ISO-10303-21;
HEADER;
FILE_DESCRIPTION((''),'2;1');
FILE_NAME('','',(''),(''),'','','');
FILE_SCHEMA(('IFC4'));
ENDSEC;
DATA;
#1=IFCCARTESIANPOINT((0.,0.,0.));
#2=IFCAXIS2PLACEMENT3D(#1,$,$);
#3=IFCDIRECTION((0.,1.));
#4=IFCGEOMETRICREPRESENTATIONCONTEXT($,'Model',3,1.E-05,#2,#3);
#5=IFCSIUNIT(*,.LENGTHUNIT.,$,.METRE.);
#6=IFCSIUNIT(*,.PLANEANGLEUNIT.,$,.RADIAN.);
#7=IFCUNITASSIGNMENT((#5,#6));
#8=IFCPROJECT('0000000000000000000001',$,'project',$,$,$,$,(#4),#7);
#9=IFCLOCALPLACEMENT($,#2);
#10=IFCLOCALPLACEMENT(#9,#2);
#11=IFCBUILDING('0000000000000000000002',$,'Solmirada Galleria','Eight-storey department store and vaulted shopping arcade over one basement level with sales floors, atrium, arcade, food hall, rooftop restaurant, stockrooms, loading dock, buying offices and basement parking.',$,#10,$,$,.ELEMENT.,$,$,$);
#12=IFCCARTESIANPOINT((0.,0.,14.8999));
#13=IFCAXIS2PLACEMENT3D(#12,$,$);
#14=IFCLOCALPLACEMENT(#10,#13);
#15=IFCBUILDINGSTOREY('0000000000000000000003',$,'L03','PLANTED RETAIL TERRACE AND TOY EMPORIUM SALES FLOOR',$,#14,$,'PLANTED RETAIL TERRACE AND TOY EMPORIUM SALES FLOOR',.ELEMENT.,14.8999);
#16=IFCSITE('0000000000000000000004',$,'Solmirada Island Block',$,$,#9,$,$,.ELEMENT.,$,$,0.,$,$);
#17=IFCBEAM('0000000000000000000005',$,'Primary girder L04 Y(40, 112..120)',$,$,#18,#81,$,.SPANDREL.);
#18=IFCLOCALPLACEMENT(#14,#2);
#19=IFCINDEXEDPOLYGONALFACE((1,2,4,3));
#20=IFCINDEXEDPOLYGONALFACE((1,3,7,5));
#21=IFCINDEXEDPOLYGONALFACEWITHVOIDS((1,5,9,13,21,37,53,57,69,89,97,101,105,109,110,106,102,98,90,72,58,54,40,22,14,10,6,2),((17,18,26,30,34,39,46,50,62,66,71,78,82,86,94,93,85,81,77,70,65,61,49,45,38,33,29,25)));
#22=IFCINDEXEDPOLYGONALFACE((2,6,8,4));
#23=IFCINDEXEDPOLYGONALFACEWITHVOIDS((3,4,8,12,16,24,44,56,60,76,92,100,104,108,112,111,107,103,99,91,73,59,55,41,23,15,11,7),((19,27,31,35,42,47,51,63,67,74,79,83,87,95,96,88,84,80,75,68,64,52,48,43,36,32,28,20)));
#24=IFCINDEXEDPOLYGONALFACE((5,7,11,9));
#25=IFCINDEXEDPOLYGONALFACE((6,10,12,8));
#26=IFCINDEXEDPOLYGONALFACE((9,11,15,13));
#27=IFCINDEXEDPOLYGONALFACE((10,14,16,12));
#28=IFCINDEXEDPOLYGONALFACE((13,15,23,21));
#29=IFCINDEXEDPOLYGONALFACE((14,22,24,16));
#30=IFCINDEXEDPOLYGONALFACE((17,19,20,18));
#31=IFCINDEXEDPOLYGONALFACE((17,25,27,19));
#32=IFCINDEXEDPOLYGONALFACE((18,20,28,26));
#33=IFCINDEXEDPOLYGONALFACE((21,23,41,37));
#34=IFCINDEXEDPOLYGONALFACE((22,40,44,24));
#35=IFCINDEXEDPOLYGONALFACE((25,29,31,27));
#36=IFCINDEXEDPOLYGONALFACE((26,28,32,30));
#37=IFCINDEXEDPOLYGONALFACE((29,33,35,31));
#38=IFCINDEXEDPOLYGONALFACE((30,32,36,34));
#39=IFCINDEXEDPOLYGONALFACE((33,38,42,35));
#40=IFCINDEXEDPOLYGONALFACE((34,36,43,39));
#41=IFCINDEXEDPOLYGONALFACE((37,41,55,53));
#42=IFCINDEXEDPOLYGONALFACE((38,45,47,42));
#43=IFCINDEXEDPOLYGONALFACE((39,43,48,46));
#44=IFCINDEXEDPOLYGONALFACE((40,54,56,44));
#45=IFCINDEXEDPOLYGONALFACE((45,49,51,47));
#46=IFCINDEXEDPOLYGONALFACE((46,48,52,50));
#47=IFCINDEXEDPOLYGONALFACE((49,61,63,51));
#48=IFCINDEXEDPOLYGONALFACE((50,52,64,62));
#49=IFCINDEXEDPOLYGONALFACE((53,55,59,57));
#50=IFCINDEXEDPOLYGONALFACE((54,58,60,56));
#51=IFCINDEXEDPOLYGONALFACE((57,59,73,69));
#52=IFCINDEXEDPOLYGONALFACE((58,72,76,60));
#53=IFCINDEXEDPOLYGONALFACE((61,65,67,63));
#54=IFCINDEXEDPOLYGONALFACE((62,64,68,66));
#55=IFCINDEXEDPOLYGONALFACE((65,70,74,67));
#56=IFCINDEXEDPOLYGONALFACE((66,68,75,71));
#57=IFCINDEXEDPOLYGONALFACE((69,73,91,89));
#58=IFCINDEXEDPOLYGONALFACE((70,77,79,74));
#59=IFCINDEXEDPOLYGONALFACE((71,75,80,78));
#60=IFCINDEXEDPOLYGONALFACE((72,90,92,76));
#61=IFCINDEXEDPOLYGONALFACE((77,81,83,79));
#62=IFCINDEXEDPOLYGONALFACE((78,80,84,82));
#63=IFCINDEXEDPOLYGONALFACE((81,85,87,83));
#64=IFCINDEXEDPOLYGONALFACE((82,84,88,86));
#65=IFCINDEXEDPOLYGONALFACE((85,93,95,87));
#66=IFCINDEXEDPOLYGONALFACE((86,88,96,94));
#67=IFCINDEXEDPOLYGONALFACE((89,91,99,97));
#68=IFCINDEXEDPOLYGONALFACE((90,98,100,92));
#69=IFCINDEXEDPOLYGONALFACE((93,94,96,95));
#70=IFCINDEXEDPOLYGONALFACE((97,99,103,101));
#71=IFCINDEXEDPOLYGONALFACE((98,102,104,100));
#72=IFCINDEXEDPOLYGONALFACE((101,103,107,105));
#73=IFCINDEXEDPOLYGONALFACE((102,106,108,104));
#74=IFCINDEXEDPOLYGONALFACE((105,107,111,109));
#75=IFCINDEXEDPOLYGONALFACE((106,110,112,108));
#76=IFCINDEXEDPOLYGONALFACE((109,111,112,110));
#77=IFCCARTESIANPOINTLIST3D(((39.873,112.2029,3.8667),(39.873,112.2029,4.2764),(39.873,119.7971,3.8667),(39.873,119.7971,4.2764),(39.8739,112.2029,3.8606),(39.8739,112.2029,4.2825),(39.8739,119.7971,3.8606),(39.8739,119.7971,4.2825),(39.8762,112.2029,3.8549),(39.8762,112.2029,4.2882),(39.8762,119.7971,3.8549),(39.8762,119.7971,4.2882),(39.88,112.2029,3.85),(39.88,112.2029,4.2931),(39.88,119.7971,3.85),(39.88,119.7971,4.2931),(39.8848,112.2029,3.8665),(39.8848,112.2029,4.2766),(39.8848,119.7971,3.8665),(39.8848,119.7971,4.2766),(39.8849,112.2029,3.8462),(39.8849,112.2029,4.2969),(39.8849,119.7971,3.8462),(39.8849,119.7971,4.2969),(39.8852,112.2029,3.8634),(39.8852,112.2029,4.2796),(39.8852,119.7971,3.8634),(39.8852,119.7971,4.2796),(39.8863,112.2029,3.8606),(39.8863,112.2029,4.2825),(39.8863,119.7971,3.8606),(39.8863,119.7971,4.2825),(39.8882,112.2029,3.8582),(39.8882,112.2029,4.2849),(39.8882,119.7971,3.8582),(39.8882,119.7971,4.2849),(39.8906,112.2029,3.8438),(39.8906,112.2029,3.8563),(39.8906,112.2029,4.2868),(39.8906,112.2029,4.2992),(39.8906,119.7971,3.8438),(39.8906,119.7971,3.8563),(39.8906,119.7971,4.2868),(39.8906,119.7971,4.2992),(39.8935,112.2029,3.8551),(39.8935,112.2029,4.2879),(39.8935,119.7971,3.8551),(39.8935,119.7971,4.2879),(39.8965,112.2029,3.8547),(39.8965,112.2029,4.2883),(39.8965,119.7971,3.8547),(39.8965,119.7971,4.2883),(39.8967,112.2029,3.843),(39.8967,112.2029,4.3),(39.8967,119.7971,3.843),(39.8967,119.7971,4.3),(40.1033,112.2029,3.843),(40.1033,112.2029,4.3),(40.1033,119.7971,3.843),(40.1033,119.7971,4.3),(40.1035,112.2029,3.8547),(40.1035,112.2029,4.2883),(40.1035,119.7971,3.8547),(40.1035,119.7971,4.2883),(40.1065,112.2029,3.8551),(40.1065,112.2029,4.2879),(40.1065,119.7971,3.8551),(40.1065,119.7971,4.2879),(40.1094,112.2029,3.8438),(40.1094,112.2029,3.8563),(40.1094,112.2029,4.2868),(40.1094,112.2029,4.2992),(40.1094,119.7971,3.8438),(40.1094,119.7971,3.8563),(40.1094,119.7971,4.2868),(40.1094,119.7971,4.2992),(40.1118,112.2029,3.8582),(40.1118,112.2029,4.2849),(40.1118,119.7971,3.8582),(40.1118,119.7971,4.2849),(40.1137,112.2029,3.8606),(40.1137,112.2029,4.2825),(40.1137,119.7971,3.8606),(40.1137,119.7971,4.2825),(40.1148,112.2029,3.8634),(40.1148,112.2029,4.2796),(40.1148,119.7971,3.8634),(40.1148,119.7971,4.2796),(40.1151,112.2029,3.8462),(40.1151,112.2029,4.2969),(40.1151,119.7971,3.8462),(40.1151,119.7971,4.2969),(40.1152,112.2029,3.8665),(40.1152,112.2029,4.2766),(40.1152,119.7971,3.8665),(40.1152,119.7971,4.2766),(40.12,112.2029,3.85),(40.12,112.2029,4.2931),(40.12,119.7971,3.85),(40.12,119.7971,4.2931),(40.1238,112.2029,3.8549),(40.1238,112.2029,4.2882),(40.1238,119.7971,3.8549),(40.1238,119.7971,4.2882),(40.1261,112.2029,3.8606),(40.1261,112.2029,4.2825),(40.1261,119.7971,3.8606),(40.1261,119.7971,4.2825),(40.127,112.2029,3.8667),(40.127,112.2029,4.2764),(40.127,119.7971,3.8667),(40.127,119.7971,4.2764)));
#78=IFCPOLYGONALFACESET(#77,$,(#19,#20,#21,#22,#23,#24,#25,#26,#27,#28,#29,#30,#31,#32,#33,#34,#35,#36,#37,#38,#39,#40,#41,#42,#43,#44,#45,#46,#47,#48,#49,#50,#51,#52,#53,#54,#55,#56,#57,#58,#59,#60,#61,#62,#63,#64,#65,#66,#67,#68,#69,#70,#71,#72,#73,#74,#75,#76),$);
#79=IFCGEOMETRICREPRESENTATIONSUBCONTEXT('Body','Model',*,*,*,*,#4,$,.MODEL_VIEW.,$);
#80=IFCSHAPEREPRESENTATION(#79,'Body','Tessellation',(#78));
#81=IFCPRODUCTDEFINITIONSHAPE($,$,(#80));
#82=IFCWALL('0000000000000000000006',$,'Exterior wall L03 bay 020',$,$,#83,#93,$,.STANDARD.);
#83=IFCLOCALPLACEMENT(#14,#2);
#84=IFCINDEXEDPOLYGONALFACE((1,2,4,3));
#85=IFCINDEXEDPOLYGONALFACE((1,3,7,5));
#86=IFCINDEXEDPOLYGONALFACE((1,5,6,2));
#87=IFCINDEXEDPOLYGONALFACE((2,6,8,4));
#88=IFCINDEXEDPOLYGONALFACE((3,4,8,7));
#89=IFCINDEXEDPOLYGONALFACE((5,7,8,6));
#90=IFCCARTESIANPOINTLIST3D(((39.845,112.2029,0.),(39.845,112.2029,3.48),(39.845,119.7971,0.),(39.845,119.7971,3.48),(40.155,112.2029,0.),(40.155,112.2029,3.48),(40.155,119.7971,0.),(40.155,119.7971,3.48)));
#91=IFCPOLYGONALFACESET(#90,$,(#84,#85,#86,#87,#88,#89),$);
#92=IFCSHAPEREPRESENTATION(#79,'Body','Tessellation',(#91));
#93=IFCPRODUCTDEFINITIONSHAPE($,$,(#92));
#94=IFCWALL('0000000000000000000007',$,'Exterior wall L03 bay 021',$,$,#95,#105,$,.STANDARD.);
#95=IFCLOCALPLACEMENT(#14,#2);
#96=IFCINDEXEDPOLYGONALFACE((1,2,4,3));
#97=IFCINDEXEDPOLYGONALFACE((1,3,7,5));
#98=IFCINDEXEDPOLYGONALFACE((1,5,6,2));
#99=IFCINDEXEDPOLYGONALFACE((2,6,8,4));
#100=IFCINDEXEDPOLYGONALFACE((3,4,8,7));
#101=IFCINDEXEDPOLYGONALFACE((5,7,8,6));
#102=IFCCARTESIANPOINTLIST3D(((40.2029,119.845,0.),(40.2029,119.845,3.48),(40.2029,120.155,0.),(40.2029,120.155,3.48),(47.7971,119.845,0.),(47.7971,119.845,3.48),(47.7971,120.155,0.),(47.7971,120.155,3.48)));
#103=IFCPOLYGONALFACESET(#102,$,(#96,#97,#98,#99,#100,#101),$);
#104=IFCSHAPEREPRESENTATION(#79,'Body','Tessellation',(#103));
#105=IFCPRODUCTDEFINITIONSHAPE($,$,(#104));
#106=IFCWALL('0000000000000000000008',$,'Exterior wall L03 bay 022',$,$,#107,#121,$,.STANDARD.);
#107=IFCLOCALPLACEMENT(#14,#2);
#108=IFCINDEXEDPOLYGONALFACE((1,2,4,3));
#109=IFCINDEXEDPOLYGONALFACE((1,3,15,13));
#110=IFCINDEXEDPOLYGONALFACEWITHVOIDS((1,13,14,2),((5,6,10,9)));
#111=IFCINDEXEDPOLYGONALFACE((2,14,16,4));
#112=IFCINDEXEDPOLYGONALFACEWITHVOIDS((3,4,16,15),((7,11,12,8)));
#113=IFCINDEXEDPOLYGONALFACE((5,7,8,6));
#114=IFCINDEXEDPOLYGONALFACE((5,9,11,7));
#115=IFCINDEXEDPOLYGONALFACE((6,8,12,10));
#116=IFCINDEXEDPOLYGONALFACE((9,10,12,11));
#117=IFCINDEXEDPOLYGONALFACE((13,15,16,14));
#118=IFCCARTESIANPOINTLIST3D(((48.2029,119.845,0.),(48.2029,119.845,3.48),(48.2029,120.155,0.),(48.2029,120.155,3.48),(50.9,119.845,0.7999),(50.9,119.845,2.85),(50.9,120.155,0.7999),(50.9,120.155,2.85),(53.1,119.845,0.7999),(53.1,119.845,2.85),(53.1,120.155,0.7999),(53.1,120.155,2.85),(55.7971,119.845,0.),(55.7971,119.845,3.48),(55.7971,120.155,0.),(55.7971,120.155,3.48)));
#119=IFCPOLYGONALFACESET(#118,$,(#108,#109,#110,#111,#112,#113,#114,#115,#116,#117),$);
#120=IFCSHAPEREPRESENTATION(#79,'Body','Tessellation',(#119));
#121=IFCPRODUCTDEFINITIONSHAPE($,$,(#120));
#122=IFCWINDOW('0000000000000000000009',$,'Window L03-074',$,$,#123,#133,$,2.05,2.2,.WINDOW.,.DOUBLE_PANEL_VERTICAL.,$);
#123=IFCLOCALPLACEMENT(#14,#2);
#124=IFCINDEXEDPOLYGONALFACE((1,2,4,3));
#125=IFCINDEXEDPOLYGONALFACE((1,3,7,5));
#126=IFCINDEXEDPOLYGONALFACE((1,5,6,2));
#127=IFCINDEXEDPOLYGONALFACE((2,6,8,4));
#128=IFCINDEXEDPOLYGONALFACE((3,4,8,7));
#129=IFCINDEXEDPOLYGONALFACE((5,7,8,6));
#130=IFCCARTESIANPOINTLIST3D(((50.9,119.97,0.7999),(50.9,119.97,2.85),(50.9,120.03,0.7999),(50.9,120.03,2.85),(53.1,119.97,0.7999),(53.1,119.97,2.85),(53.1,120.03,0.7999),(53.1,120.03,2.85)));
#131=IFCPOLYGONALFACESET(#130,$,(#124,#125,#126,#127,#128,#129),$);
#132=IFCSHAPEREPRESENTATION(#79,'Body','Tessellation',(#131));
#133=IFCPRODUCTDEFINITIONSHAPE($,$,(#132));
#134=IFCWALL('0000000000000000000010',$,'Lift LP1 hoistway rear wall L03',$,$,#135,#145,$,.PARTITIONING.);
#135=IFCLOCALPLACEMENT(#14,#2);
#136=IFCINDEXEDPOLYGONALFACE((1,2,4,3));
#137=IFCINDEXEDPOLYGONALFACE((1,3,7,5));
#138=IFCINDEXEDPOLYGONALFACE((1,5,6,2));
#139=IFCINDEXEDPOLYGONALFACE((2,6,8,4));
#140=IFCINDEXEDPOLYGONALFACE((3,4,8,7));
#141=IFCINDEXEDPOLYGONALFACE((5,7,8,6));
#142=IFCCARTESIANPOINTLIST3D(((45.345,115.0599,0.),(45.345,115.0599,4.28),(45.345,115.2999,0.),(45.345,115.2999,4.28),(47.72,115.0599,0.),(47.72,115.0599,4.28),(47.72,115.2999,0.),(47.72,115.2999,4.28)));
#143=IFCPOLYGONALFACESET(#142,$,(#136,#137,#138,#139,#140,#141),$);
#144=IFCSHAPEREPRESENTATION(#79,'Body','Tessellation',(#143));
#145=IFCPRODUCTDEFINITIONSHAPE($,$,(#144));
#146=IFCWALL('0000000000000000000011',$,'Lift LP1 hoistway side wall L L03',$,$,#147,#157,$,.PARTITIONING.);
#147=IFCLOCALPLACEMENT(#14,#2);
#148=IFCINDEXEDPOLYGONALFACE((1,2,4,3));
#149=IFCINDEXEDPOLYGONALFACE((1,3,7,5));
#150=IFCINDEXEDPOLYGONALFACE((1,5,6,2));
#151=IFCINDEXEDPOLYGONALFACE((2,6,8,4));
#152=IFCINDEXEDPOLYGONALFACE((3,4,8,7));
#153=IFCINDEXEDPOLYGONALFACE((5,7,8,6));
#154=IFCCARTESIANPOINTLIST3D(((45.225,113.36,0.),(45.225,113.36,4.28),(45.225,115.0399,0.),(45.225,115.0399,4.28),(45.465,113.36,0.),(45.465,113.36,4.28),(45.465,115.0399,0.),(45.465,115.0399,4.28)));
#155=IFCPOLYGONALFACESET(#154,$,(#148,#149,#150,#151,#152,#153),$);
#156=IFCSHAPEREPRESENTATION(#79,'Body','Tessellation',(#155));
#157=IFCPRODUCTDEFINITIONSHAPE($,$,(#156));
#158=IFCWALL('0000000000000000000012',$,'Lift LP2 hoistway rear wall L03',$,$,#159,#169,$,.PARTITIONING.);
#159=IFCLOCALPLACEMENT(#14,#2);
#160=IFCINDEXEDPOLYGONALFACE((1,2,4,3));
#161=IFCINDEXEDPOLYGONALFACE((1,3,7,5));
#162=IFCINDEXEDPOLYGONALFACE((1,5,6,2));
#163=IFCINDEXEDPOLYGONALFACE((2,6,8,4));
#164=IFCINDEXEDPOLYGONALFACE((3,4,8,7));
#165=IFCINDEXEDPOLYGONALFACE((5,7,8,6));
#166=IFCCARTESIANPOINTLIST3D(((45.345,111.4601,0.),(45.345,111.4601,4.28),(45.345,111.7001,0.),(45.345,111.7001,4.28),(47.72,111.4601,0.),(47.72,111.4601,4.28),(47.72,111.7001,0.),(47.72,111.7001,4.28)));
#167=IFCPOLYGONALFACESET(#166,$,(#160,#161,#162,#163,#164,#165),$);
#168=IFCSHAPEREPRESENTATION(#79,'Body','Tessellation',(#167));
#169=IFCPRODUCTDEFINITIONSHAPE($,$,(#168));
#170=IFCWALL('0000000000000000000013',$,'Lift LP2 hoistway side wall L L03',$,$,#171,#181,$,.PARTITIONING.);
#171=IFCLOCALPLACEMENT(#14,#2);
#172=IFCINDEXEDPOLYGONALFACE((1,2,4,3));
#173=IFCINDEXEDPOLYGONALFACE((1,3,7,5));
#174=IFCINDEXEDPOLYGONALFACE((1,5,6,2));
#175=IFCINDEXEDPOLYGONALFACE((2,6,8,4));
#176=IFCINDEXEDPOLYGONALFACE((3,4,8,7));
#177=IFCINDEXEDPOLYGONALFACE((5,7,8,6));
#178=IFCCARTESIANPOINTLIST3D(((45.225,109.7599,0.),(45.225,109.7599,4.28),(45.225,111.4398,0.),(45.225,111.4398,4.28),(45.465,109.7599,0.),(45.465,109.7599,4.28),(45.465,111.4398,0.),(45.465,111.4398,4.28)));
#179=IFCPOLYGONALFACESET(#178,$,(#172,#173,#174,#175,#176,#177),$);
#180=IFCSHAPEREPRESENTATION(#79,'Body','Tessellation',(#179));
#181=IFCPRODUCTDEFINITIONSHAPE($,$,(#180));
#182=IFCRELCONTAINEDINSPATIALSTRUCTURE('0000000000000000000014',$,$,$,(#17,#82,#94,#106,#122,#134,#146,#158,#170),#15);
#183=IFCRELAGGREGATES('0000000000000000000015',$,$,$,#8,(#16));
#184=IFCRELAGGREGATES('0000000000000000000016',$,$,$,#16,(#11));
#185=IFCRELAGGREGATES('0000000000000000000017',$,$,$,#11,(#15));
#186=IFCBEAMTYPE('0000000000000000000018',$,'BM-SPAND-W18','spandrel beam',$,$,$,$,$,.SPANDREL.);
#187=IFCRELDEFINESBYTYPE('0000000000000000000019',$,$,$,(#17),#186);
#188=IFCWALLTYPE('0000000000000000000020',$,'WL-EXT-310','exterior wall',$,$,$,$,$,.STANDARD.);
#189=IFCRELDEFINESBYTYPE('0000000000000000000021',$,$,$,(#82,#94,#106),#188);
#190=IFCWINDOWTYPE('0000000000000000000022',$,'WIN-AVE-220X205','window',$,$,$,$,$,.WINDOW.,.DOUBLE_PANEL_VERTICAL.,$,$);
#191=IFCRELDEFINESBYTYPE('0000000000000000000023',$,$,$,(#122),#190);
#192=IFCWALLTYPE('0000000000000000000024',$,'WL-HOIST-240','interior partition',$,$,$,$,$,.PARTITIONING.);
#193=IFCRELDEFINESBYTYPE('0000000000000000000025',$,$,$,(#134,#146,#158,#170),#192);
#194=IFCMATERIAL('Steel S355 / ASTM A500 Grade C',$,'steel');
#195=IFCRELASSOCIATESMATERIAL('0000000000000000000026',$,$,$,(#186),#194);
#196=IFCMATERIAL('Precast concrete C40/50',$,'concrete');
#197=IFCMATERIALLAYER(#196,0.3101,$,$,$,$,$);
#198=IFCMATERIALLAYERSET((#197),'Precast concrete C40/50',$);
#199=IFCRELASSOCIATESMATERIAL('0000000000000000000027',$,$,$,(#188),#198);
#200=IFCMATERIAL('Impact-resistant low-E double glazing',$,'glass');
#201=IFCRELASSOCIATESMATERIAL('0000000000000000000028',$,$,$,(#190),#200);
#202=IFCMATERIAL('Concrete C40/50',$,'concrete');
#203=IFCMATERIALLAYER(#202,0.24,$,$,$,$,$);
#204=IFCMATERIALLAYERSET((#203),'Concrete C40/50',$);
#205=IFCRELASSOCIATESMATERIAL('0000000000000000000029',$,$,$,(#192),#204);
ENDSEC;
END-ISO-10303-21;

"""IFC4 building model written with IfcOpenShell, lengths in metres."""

from ifc_helpers import new_model, si_unit, direction, frame, frame_2d, origin, origin_2d, place, context, subcontext, project, spatial, rectangle, hollow_rectangle, extrude, material, layer, layer_set, material_profile, profile_set, type_object, element, fill, save


model = new_model("IFC4")

# Units and contexts
model_context = context("Model", 3, precision=1e-05, world=origin(), true_north=direction((0.0, 1.0)))
body_context = subcontext(model_context, "Body", "Model", "MODEL_VIEW")
ifc_project = project(units=[si_unit("LENGTHUNIT", "METRE"), si_unit("PLANEANGLEUNIT", "RADIAN")], contexts=[model_context])

# Site, building, storey
site_placement = place(None, origin())
site = spatial("IfcSite", under=ifc_project, at=site_placement, Name="Solmirada Island Block", CompositionType="ELEMENT", RefElevation=0.0)
building_placement = place(site_placement, origin())
building = spatial("IfcBuilding", under=site, at=building_placement, Name="Solmirada Galleria", Description="Eight-storey department store and vaulted shopping arcade over one basement level with sales floors, atrium, arcade, food hall, rooftop restaurant, stockrooms, loading dock, buying offices and basement parking.", CompositionType="ELEMENT")
storey_placement = place(building_placement, frame((0.0, 0.0, 14.8999)))
storey = spatial("IfcBuildingStorey", under=building, at=storey_placement, Name="L03", Description="PLANTED RETAIL TERRACE AND TOY EMPORIUM SALES FLOOR", LongName="PLANTED RETAIL TERRACE AND TOY EMPORIUM SALES FLOOR", CompositionType="ELEMENT", Elevation=14.8999)

# Shared definitions
ifc_material_1 = material(Name="Steel S355 / ASTM A500 Grade C", Category="steel")
ifc_material_2 = material(Name="Concrete C40/50", Category="concrete")

# Beam
ifc_material_profile_1 = material_profile(ifc_material_1, hollow_rectangle(XDim=0.2539, YDim=0.457, WallThickness=0.0117, InnerFilletRadius=0.0117, OuterFilletRadius=0.0237, at=origin_2d()), Name="HSS18X10X1/2")
ifc_profile_set_1 = profile_set([ifc_material_profile_1], Name="Steel S355 / ASTM A500 Grade C")
beam_type_1 = type_object("IfcBeamType", Name="BM-SPAND-W18", Description="spandrel beam", PredefinedType="SPANDREL", material=ifc_profile_set_1)
beam_1_placement = place(storey_placement, frame((40.0, 112.2029, 4.0715), z_axis=(0.0, 1.0, 0.0), x_axis=(-1.0, 0.0, 0.0)))
element("IfcBeam", 1, at=beam_1_placement, inside=storey, type_object=beam_type_1, Name="Primary girder L04 Y(40, 112..120)", PredefinedType="SPANDREL", context=body_context, shape_type="SweptSolid", body=[
    extrude(hollow_rectangle(XDim=0.2539, YDim=0.457, WallThickness=0.0117, InnerFilletRadius=0.0117, OuterFilletRadius=0.0237, at=origin_2d()), origin(), (0.0, 0.0, 1.0), 7.5942),
])

# Walls
ifc_material_3 = material(Name="Precast concrete C40/50", Category="concrete")
ifc_layer_1 = layer(ifc_material_3, 0.3101)
ifc_layer_set_1 = layer_set([ifc_layer_1], Name="Precast concrete C40/50")
wall_type_1 = type_object("IfcWallType", Name="WL-EXT-310", Description="exterior wall", PredefinedType="STANDARD", material=ifc_layer_set_1)
for number, where, z_axis, x_axis, name in (
    (2, (40.0, 112.2029, 0.0), (0.0, 0.0, 1.0), (0.0, 1.0, 0.0), "Exterior wall L03 bay 020"),
    (3, (40.2029, 120.0, 0.0), (0.0, 0.0, 1.0), (1.0, 0.0, 0.0), "Exterior wall L03 bay 021"),
):
    element("IfcWall", number, at=place(storey_placement, frame(where, z_axis=z_axis, x_axis=x_axis)), inside=storey, type_object=wall_type_1, Name=name, PredefinedType="STANDARD", context=body_context, shape_type="SweptSolid", body=[
        extrude(rectangle(XDim=7.5942, YDim=0.3101, at=frame_2d((3.7971, 0.0))), origin(), (0.0, 0.0, 1.0), 3.48),
    ])

# Wall, opening, window
wall_1_placement = place(storey_placement, frame((48.2029, 120.0, 0.0), z_axis=(0.0, 0.0, 1.0), x_axis=(1.0, 0.0, 0.0)))
wall_1 = element("IfcWall", 4, at=wall_1_placement, inside=storey, type_object=wall_type_1, Name="Exterior wall L03 bay 022", PredefinedType="STANDARD", context=body_context, shape_type="SweptSolid", body=[
    extrude(rectangle(XDim=7.5942, YDim=0.3101, at=frame_2d((3.7971, 0.0))), origin(), (0.0, 0.0, 1.0), 3.48),
])
opening_1_placement = place(wall_1_placement, frame((2.697, 0.0, 0.8)))
opening_1 = element("IfcOpeningElement", 5, at=opening_1_placement, cuts=wall_1, PredefinedType="OPENING", context=body_context, shape_type="SweptSolid", body=[
    extrude(rectangle(XDim=2.2, YDim=2.05, at=frame_2d((1.1001, 1.0249))), frame((0.0, 0.165, 0.0), z_axis=(0.0, -1.0, 0.0), x_axis=(1.0, 0.0, 0.0)), (0.0, 0.0, 1.0), 0.3301),
])
ifc_material_4 = material(Name="Impact-resistant low-E double glazing", Category="glass")
window_type = type_object("IfcWindowType", Name="WIN-AVE-220X205", Description="window", PartitioningType="DOUBLE_PANEL_VERTICAL", PredefinedType="WINDOW", material=ifc_material_4)
window_placement = place(opening_1_placement, origin())
window = element("IfcWindow", 6, at=window_placement, inside=storey, type_object=window_type, Name="Window L03-074", OverallHeight=2.05, OverallWidth=2.2, PartitioningType="DOUBLE_PANEL_VERTICAL", PredefinedType="WINDOW", context=body_context, shape_type="SweptSolid", body=[
    extrude(rectangle(XDim=2.2, YDim=2.05, at=frame_2d((1.1001, 1.0249))), frame((0.0, 0.03, 0.0), z_axis=(0.0, -1.0, 0.0), x_axis=(1.0, 0.0, 0.0)), (0.0, 0.0, 1.0), 0.0601),
])
fill(opening_1, window)

# Shared definitions
ifc_layer_2 = layer(ifc_material_2, 0.24)
ifc_layer_set_2 = layer_set([ifc_layer_2], Name="Concrete C40/50")
wall_type_2 = type_object("IfcWallType", Name="WL-HOIST-240", Description="interior partition", PredefinedType="PARTITIONING", material=ifc_layer_set_2)

# Walls
wall_2_placement = place(storey_placement, frame((45.345, 115.1799, 0.0), z_axis=(0.0, 0.0, 1.0), x_axis=(1.0, 0.0, 0.0)))
element("IfcWall", 7, at=wall_2_placement, inside=storey, type_object=wall_type_2, Name="Lift LP1 hoistway rear wall L03", PredefinedType="PARTITIONING", context=body_context, shape_type="SweptSolid", body=[
    extrude(rectangle(XDim=2.375, YDim=0.24, at=frame_2d((1.1875, 0.0))), origin(), (0.0, 0.0, 1.0), 4.28),
])
wall_3_placement = place(storey_placement, frame((45.345, 113.3601, 0.0), z_axis=(0.0, 0.0, 1.0), x_axis=(0.0, 1.0, 0.0)))
element("IfcWall", 8, at=wall_3_placement, inside=storey, type_object=wall_type_2, Name="Lift LP1 hoistway side wall L L03", PredefinedType="PARTITIONING", context=body_context, shape_type="SweptSolid", body=[
    extrude(rectangle(XDim=1.6799, YDim=0.24, at=frame_2d((0.8398, 0.0))), origin(), (0.0, 0.0, 1.0), 4.28),
])

# Walls
wall_4_placement = place(storey_placement, frame((45.345, 111.5801, 0.0), z_axis=(0.0, 0.0, 1.0), x_axis=(1.0, 0.0, 0.0)))
element("IfcWall", 9, at=wall_4_placement, inside=storey, type_object=wall_type_2, Name="Lift LP2 hoistway rear wall L03", PredefinedType="PARTITIONING", context=body_context, shape_type="SweptSolid", body=[
    extrude(rectangle(XDim=2.375, YDim=0.24, at=frame_2d((1.1875, 0.0))), origin(), (0.0, 0.0, 1.0), 4.28),
])
wall_5_placement = place(storey_placement, frame((45.345, 109.76, 0.0), z_axis=(0.0, 0.0, 1.0), x_axis=(0.0, 1.0, 0.0)))
element("IfcWall", 10, at=wall_5_placement, inside=storey, type_object=wall_type_2, Name="Lift LP2 hoistway side wall L L03", PredefinedType="PARTITIONING", context=body_context, shape_type="SweptSolid", body=[
    extrude(rectangle(XDim=1.6799, YDim=0.24, at=frame_2d((0.8398, 0.0))), origin(), (0.0, 0.0, 1.0), 4.28),
])

save(model, "model.ifc")
